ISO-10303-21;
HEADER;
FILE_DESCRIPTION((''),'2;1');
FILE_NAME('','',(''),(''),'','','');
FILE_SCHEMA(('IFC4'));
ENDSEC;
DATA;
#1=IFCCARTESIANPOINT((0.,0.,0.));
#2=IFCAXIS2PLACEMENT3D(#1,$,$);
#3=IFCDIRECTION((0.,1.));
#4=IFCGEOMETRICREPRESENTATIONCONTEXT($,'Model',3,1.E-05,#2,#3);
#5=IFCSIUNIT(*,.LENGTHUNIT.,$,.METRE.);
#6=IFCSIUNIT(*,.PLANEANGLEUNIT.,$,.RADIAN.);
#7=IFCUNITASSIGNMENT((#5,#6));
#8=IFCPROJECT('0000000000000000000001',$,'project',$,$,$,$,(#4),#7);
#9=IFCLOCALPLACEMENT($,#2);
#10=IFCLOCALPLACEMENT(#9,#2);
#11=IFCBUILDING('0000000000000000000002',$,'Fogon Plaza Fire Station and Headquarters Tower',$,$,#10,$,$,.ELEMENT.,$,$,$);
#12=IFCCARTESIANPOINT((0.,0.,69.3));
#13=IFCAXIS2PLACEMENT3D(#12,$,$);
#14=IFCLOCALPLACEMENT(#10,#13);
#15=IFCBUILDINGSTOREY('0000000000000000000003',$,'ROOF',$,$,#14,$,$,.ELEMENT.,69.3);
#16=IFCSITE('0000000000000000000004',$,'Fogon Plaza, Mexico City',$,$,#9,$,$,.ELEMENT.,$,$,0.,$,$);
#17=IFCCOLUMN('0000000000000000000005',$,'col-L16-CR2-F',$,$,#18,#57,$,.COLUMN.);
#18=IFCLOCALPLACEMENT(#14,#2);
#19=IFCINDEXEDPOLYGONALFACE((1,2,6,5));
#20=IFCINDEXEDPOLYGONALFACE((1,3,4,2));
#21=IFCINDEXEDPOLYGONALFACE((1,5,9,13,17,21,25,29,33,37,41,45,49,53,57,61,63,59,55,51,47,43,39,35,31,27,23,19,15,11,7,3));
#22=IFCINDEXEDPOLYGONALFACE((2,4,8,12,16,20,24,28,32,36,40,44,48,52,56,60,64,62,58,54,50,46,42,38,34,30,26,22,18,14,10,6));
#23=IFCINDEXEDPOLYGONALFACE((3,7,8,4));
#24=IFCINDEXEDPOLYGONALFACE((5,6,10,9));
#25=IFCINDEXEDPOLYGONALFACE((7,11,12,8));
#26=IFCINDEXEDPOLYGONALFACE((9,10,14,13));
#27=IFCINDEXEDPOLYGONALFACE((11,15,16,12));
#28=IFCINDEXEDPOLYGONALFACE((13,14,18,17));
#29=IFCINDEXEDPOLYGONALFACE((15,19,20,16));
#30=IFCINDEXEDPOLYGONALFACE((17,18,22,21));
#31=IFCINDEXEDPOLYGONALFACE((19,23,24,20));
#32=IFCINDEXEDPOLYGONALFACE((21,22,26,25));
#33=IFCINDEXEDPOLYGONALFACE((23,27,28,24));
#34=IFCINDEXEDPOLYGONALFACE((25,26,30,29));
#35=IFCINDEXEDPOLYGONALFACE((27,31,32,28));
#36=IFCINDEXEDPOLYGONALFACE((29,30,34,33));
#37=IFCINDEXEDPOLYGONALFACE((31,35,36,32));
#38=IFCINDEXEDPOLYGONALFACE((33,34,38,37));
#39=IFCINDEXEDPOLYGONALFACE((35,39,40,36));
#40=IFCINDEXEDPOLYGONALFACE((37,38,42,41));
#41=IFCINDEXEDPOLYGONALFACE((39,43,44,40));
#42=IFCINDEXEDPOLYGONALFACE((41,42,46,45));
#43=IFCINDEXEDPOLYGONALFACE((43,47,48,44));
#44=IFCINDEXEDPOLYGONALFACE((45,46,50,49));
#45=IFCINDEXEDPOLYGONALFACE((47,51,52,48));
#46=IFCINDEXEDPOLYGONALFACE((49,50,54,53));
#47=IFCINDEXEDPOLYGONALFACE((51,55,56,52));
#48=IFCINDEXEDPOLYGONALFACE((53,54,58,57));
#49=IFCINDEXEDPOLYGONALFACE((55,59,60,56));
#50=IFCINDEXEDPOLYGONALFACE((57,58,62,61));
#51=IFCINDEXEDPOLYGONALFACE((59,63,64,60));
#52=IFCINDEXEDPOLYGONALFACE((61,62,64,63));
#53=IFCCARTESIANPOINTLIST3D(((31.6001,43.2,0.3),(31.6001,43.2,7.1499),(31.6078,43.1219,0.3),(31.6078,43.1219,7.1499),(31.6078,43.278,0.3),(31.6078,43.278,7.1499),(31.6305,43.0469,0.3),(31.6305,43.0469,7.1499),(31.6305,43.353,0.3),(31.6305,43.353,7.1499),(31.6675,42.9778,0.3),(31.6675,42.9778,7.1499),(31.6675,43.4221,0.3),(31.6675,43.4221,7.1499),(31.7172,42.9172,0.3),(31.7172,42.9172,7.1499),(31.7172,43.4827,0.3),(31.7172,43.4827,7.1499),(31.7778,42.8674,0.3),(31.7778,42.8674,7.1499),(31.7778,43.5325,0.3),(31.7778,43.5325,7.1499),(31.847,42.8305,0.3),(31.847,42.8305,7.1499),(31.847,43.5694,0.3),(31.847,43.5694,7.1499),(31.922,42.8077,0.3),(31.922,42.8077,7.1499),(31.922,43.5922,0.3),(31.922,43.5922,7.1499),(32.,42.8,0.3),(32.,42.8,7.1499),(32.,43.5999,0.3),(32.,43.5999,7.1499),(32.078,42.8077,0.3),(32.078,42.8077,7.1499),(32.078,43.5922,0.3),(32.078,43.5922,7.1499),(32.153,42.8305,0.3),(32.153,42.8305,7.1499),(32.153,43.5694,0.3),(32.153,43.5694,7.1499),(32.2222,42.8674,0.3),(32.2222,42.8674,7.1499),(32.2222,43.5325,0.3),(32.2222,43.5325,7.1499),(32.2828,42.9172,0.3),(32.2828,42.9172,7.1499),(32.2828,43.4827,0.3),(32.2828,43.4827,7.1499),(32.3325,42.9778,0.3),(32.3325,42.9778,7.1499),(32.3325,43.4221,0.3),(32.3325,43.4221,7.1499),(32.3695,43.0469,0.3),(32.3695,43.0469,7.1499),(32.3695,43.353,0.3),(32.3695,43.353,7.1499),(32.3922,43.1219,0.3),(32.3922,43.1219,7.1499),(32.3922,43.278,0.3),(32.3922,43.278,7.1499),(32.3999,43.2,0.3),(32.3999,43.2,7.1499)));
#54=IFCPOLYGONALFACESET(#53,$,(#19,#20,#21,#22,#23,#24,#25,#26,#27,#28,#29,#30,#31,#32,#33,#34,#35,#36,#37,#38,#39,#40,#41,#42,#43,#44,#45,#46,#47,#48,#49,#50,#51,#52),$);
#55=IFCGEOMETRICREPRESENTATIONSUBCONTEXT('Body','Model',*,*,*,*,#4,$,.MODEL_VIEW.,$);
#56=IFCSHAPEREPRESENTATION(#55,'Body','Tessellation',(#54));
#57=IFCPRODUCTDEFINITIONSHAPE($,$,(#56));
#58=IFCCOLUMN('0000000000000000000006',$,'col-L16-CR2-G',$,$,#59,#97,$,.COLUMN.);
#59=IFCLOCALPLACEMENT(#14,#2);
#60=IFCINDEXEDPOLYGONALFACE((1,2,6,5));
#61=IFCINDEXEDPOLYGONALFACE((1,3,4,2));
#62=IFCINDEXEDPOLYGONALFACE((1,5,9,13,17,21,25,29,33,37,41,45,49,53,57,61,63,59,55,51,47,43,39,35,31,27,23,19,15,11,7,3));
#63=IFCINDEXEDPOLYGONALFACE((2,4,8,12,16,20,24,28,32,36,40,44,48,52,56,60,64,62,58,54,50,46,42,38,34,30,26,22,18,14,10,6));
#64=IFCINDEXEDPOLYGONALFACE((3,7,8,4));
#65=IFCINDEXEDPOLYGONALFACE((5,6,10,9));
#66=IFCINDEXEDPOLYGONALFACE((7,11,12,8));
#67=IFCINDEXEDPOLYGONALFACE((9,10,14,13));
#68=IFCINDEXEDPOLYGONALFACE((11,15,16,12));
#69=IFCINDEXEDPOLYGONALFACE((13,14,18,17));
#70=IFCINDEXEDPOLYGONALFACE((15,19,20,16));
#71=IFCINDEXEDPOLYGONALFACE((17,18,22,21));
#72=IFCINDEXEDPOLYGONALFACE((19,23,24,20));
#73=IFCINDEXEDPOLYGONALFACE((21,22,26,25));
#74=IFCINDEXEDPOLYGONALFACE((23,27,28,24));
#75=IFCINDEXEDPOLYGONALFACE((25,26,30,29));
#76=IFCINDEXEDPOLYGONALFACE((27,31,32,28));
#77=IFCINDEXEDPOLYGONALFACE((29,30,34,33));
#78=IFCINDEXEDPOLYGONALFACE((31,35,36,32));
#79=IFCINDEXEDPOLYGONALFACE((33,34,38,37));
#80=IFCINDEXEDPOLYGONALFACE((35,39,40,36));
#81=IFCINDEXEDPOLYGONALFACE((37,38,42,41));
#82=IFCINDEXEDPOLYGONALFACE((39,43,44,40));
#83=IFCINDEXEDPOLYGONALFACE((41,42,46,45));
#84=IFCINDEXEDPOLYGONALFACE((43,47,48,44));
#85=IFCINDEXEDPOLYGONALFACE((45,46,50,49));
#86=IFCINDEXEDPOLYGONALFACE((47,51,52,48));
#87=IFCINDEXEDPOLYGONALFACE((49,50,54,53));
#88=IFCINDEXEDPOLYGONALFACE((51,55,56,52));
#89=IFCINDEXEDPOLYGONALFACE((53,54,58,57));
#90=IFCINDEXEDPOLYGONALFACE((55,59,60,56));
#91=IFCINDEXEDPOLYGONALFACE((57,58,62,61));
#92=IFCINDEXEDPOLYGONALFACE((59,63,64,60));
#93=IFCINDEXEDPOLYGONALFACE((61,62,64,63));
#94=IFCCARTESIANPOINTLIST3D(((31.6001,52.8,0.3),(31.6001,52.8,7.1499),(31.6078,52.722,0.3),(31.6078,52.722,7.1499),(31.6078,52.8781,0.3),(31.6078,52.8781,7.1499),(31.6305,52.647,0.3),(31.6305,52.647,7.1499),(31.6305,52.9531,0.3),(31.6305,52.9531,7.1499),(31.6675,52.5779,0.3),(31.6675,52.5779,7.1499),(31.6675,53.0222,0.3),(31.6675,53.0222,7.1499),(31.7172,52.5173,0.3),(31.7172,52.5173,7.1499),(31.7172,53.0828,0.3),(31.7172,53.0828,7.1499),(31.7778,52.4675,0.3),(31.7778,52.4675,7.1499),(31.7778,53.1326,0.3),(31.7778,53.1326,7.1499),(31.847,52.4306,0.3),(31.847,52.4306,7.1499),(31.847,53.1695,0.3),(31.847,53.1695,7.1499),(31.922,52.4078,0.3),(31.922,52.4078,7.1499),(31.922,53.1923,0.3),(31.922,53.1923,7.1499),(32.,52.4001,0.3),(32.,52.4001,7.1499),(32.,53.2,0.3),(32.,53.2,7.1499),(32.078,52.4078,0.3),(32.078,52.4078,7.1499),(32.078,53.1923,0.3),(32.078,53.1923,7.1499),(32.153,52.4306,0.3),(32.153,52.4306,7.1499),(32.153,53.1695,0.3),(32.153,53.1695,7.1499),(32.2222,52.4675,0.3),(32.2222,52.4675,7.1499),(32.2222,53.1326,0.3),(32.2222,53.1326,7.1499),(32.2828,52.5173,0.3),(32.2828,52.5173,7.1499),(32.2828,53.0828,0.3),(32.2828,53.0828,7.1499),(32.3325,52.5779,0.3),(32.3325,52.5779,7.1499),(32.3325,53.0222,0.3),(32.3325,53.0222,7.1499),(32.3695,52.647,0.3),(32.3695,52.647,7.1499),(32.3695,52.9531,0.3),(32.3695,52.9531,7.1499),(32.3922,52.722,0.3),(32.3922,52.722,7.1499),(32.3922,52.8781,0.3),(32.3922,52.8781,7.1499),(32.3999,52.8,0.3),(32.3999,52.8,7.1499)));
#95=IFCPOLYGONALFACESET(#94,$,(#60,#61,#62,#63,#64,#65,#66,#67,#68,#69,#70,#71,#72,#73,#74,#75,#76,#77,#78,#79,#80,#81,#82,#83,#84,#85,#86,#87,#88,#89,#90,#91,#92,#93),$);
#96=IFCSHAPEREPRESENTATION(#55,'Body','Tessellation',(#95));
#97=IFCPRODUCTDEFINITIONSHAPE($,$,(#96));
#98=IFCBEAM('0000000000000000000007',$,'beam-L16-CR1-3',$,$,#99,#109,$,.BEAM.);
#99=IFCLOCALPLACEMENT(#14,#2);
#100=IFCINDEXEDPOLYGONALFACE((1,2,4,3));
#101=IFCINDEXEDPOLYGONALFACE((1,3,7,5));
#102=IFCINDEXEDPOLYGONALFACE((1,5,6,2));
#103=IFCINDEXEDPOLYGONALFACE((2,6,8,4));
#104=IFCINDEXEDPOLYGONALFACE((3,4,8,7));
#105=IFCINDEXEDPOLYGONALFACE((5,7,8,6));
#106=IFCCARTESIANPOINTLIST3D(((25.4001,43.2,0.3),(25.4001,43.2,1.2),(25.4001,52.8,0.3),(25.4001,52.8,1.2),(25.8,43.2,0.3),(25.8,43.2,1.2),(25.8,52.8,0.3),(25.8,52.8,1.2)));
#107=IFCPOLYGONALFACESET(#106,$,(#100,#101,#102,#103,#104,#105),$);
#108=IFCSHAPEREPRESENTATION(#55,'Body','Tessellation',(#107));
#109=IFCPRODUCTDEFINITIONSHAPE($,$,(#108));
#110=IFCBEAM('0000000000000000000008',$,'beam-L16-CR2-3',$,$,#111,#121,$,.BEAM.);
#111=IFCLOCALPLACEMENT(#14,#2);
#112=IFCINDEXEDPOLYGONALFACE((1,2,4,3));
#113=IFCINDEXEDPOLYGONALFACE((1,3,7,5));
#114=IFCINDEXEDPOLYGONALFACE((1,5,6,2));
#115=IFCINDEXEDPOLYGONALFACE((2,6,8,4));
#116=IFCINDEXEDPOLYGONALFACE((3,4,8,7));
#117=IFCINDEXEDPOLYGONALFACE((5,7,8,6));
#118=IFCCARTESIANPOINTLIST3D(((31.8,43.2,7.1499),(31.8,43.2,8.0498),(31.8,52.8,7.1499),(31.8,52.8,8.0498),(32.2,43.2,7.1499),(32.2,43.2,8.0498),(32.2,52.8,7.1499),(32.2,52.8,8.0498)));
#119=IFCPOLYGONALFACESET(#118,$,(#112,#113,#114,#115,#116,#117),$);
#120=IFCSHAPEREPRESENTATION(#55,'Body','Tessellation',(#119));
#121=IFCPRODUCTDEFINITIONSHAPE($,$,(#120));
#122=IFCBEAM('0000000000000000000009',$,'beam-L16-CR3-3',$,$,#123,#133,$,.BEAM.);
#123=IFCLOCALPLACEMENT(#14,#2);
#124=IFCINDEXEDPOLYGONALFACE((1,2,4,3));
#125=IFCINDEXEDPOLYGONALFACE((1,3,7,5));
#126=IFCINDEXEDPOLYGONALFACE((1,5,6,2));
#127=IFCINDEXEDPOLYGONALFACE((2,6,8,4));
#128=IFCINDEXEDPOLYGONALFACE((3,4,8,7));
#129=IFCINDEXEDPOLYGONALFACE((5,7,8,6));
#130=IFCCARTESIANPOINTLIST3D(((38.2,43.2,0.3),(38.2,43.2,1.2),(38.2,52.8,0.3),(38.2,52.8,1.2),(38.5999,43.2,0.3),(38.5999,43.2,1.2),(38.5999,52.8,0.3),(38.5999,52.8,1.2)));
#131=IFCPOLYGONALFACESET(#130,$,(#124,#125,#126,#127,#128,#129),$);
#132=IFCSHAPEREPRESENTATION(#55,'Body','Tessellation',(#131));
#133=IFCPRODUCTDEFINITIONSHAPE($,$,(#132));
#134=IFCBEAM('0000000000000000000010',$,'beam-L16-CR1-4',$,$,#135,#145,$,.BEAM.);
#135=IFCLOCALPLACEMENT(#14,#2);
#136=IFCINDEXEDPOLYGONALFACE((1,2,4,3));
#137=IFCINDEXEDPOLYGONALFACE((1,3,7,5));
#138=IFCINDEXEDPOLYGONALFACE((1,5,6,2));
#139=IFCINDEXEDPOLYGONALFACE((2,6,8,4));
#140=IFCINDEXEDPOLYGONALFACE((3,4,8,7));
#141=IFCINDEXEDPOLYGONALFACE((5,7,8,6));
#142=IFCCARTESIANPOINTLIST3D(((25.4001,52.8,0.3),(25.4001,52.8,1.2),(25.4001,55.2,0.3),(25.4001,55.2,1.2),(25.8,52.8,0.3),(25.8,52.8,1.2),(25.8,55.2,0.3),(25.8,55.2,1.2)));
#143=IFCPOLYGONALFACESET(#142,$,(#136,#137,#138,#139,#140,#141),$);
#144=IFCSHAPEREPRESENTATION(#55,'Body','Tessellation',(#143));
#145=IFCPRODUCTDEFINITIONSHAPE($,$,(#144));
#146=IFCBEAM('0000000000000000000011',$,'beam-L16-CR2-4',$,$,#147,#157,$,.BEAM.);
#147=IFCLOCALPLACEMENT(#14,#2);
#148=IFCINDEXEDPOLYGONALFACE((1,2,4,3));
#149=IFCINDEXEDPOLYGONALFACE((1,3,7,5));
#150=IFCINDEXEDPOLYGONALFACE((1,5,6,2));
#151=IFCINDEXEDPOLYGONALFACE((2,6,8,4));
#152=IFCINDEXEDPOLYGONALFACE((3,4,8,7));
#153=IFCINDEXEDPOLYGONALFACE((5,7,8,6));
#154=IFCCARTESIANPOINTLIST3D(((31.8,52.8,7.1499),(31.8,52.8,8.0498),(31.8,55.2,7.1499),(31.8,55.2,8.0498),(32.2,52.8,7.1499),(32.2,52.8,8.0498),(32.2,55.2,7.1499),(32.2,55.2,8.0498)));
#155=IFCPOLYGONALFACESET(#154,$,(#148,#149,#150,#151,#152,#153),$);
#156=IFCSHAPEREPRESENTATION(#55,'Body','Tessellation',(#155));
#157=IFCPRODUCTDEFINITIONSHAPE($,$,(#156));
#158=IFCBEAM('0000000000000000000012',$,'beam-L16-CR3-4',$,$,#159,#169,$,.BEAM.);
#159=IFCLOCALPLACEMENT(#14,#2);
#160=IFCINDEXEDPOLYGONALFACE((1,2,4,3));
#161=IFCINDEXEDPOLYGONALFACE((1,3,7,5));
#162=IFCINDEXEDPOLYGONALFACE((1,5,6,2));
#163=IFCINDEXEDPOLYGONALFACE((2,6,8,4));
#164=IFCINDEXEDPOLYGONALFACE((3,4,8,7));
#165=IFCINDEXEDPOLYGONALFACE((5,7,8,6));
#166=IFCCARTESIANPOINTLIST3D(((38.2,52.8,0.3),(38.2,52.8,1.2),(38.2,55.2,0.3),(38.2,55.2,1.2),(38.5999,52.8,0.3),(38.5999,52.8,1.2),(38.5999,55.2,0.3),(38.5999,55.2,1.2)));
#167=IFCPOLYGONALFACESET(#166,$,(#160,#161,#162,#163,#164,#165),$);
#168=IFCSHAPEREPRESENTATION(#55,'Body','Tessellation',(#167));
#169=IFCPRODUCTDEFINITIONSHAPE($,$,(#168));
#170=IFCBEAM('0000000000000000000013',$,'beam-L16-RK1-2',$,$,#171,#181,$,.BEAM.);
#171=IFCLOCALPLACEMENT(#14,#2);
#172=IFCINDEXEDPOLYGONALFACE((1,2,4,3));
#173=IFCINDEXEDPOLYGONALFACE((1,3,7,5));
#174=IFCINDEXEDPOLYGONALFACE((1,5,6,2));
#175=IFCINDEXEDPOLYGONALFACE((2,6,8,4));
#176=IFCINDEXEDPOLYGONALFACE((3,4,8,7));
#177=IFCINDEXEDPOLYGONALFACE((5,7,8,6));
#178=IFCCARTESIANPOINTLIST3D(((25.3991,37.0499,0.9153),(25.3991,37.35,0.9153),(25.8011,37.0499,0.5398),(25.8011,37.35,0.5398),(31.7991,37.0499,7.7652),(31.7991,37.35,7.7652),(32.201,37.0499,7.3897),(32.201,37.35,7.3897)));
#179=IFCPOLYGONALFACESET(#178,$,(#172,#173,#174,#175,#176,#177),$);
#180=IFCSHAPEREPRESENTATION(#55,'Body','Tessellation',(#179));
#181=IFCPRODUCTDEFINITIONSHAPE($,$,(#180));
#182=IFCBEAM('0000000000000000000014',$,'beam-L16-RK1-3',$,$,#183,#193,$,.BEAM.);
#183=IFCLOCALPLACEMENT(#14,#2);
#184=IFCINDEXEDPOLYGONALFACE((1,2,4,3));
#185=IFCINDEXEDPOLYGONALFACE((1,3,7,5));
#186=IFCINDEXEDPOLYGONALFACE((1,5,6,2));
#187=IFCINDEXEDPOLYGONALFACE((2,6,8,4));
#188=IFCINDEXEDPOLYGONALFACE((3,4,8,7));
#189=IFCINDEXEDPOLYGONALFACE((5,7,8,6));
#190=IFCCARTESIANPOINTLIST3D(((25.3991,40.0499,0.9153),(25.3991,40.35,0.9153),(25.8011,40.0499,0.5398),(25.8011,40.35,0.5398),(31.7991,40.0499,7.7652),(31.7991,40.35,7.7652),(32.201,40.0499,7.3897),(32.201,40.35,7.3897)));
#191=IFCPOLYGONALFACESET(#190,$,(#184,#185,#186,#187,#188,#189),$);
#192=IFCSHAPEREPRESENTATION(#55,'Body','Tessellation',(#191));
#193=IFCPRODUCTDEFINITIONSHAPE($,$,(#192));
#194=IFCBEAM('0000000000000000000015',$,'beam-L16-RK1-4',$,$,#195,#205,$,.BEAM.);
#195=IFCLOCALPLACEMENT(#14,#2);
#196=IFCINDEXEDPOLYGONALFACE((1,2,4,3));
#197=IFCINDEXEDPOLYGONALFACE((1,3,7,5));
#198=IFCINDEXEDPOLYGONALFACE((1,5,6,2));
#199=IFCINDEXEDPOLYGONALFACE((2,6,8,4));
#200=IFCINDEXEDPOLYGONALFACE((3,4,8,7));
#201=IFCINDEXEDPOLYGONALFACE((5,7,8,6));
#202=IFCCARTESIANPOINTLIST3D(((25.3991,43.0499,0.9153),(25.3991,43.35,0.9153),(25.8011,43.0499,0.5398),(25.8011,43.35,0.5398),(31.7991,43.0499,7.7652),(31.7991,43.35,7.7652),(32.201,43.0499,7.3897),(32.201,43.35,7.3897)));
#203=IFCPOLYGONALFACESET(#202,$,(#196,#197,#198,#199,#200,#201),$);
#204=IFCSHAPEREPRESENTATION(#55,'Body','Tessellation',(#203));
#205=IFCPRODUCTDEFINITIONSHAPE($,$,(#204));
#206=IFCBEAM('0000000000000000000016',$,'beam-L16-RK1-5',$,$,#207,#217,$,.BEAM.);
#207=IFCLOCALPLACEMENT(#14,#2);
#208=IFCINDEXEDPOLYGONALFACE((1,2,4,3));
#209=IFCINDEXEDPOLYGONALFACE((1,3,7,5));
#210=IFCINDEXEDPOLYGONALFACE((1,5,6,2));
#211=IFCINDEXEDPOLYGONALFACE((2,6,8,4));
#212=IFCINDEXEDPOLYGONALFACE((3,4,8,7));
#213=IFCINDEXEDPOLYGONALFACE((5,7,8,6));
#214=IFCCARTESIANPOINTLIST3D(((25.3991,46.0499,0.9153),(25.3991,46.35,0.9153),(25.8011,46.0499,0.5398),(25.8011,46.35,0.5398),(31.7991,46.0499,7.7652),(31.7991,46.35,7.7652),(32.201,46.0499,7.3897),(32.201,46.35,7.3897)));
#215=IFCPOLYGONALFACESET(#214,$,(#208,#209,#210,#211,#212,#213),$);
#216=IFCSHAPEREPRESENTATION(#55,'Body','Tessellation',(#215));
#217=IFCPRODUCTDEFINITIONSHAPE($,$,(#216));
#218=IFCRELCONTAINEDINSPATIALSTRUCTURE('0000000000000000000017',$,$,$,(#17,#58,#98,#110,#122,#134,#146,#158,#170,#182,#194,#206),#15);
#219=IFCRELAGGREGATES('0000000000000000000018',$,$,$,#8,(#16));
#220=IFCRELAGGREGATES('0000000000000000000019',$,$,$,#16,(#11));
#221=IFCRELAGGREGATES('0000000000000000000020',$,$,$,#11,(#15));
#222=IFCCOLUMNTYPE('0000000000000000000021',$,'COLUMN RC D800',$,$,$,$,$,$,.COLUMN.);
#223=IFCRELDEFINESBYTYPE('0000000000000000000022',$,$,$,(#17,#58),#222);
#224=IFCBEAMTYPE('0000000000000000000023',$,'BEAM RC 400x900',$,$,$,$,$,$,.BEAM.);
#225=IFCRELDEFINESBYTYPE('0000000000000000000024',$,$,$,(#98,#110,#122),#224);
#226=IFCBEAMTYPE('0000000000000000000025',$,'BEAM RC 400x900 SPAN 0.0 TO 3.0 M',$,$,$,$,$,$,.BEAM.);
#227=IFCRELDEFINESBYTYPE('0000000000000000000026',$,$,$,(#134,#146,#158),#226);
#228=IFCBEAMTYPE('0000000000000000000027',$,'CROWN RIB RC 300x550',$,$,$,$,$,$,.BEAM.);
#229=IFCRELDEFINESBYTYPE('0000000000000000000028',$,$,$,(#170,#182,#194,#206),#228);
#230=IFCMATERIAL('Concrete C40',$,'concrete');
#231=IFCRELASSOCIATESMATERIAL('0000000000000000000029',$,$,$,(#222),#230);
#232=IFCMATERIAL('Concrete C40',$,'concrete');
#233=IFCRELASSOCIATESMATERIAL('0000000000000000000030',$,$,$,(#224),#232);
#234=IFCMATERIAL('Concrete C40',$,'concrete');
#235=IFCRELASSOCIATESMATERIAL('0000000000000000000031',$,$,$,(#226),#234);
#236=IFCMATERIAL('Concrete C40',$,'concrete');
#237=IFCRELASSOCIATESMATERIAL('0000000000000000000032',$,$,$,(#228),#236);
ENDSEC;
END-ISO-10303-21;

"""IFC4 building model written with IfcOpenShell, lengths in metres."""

from ifc_helpers import new_model, si_unit, direction, frame, origin, origin_2d, place, context, subcontext, project, spatial, rectangle, circle, extrude, material, material_profile, profile_set, type_object, element, save


model = new_model("IFC4")

# Units and contexts
model_context = context("Model", 3, precision=1e-05, world=origin(), true_north=direction((0.0, 1.0)))
body_context = subcontext(model_context, "Body", "Model", "MODEL_VIEW")
ifc_project = project(units=[si_unit("LENGTHUNIT", "METRE"), si_unit("PLANEANGLEUNIT", "RADIAN")], contexts=[model_context])

# Site, building, storey
site_placement = place(None, origin())
site = spatial("IfcSite", under=ifc_project, at=site_placement, Name="Fogon Plaza, Mexico City", CompositionType="ELEMENT", RefElevation=0.0)
building_placement = place(site_placement, origin())
building = spatial("IfcBuilding", under=site, at=building_placement, Name="Fogon Plaza Fire Station and Headquarters Tower", CompositionType="ELEMENT")
storey_placement = place(building_placement, frame((0.0, 0.0, 69.3)))
storey = spatial("IfcBuildingStorey", under=building, at=storey_placement, Name="ROOF", CompositionType="ELEMENT", Elevation=69.3)

# Columns
ifc_material_1 = material(Name="Concrete C40", Category="concrete")
ifc_material_profile_1 = material_profile(ifc_material_1, circle(Radius=0.3999, at=origin_2d()), Name="RC D800")
ifc_profile_set_1 = profile_set([ifc_material_profile_1], Name="Concrete C40")
column_type = type_object("IfcColumnType", Name="COLUMN RC D800", PredefinedType="COLUMN", material=ifc_profile_set_1)
for number, where, z_axis, x_axis, name in (
    (1, (32.0, 43.2, 0.3), (0.0, 0.0, 1.0), (1.0, 0.0, 0.0), "col-L16-CR2-F"),
    (2, (32.0, 52.8, 0.3), (0.0, 0.0, 1.0), (1.0, 0.0, 0.0), "col-L16-CR2-G"),
):
    element("IfcColumn", number, at=place(storey_placement, frame(where, z_axis=z_axis, x_axis=x_axis)), inside=storey, type_object=column_type, Name=name, PredefinedType="COLUMN", context=body_context, shape_type="SweptSolid", body=[
        extrude(circle(Radius=0.3999, at=origin_2d()), origin(), (0.0, 0.0, 1.0), 6.8499),
    ])

# Beams
ifc_material_2 = material(Name="Concrete C40", Category="concrete")
ifc_material_profile_2 = material_profile(ifc_material_2, rectangle(XDim=0.3999, YDim=0.8999, at=origin_2d()), Name="RC 400x900")
ifc_profile_set_2 = profile_set([ifc_material_profile_2], Name="Concrete C40")
beam_type_1 = type_object("IfcBeamType", Name="BEAM RC 400x900", PredefinedType="BEAM", material=ifc_profile_set_2)
for number, where, z_axis, x_axis, name in (
    (3, (25.6001, 43.2, 0.75), (0.0, 1.0, 0.0), (-1.0, 0.0, 0.0), "beam-L16-CR1-3"),
    (4, (32.0, 43.2, 7.5999), (0.0, 1.0, 0.0), (-1.0, 0.0, 0.0), "beam-L16-CR2-3"),
    (5, (38.3999, 43.2, 0.75), (0.0, 1.0, 0.0), (-1.0, 0.0, 0.0), "beam-L16-CR3-3"),
):
    element("IfcBeam", number, at=place(storey_placement, frame(where, z_axis=z_axis, x_axis=x_axis)), inside=storey, type_object=beam_type_1, Name=name, PredefinedType="BEAM", context=body_context, shape_type="SweptSolid", body=[
        extrude(rectangle(XDim=0.3999, YDim=0.8999, at=origin_2d()), origin(), (0.0, 0.0, 1.0), 9.6001),
    ])
ifc_material_3 = material(Name="Concrete C40", Category="concrete")
ifc_material_profile_3 = material_profile(ifc_material_3, rectangle(XDim=0.3999, YDim=0.8999, at=origin_2d()), Name="RC 400x900")
ifc_profile_set_3 = profile_set([ifc_material_profile_3], Name="Concrete C40")
beam_type_2 = type_object("IfcBeamType", Name="BEAM RC 400x900 SPAN 0.0 TO 3.0 M", PredefinedType="BEAM", material=ifc_profile_set_3)
for number, where, z_axis, x_axis, name in (
    (6, (25.6001, 52.8, 0.75), (0.0, 1.0, 0.0), (-1.0, 0.0, 0.0), "beam-L16-CR1-4"),
    (7, (32.0, 52.8, 7.5999), (0.0, 1.0, 0.0), (-1.0, 0.0, 0.0), "beam-L16-CR2-4"),
    (8, (38.3999, 52.8, 0.75), (0.0, 1.0, 0.0), (-1.0, 0.0, 0.0), "beam-L16-CR3-4"),
):
    element("IfcBeam", number, at=place(storey_placement, frame(where, z_axis=z_axis, x_axis=x_axis)), inside=storey, type_object=beam_type_2, Name=name, PredefinedType="BEAM", context=body_context, shape_type="SweptSolid", body=[
        extrude(rectangle(XDim=0.3999, YDim=0.8999, at=origin_2d()), origin(), (0.0, 0.0, 1.0), 2.3999),
    ])
ifc_material_4 = material(Name="Concrete C40", Category="concrete")
ifc_material_profile_4 = material_profile(ifc_material_4, rectangle(XDim=0.3, YDim=0.55, at=origin_2d()), Name="RC 300x550")
ifc_profile_set_4 = profile_set([ifc_material_profile_4], Name="Concrete C40")
beam_type_3 = type_object("IfcBeamType", Name="CROWN RIB RC 300x550", PredefinedType="BEAM", material=ifc_profile_set_4)
for number, where, z_axis, x_axis, name in (
    (9, (25.6001, 37.2, 0.7275), (0.6827, 0.0, 0.730698), (0.0, 1.0, 0.0), "beam-L16-RK1-2"),
    (10, (25.6001, 40.2, 0.7275), (0.6827, 0.0, 0.730698), (0.0, 1.0, 0.0), "beam-L16-RK1-3"),
    (11, (25.6001, 43.2, 0.7275), (0.6827, 0.0, 0.730698), (0.0, 1.0, 0.0), "beam-L16-RK1-4"),
    (12, (25.6001, 46.2, 0.7275), (0.6827, 0.0, 0.730698), (0.0, 1.0, 0.0), "beam-L16-RK1-5"),
):
    element("IfcBeam", number, at=place(storey_placement, frame(where, z_axis=z_axis, x_axis=x_axis)), inside=storey, type_object=beam_type_3, Name=name, PredefinedType="BEAM", context=body_context, shape_type="SweptSolid", body=[
        extrude(rectangle(XDim=0.3, YDim=0.55, at=origin_2d()), origin(), (0.0, 0.0, 1.0), 9.3745),
    ])

save(model, "model.ifc")
